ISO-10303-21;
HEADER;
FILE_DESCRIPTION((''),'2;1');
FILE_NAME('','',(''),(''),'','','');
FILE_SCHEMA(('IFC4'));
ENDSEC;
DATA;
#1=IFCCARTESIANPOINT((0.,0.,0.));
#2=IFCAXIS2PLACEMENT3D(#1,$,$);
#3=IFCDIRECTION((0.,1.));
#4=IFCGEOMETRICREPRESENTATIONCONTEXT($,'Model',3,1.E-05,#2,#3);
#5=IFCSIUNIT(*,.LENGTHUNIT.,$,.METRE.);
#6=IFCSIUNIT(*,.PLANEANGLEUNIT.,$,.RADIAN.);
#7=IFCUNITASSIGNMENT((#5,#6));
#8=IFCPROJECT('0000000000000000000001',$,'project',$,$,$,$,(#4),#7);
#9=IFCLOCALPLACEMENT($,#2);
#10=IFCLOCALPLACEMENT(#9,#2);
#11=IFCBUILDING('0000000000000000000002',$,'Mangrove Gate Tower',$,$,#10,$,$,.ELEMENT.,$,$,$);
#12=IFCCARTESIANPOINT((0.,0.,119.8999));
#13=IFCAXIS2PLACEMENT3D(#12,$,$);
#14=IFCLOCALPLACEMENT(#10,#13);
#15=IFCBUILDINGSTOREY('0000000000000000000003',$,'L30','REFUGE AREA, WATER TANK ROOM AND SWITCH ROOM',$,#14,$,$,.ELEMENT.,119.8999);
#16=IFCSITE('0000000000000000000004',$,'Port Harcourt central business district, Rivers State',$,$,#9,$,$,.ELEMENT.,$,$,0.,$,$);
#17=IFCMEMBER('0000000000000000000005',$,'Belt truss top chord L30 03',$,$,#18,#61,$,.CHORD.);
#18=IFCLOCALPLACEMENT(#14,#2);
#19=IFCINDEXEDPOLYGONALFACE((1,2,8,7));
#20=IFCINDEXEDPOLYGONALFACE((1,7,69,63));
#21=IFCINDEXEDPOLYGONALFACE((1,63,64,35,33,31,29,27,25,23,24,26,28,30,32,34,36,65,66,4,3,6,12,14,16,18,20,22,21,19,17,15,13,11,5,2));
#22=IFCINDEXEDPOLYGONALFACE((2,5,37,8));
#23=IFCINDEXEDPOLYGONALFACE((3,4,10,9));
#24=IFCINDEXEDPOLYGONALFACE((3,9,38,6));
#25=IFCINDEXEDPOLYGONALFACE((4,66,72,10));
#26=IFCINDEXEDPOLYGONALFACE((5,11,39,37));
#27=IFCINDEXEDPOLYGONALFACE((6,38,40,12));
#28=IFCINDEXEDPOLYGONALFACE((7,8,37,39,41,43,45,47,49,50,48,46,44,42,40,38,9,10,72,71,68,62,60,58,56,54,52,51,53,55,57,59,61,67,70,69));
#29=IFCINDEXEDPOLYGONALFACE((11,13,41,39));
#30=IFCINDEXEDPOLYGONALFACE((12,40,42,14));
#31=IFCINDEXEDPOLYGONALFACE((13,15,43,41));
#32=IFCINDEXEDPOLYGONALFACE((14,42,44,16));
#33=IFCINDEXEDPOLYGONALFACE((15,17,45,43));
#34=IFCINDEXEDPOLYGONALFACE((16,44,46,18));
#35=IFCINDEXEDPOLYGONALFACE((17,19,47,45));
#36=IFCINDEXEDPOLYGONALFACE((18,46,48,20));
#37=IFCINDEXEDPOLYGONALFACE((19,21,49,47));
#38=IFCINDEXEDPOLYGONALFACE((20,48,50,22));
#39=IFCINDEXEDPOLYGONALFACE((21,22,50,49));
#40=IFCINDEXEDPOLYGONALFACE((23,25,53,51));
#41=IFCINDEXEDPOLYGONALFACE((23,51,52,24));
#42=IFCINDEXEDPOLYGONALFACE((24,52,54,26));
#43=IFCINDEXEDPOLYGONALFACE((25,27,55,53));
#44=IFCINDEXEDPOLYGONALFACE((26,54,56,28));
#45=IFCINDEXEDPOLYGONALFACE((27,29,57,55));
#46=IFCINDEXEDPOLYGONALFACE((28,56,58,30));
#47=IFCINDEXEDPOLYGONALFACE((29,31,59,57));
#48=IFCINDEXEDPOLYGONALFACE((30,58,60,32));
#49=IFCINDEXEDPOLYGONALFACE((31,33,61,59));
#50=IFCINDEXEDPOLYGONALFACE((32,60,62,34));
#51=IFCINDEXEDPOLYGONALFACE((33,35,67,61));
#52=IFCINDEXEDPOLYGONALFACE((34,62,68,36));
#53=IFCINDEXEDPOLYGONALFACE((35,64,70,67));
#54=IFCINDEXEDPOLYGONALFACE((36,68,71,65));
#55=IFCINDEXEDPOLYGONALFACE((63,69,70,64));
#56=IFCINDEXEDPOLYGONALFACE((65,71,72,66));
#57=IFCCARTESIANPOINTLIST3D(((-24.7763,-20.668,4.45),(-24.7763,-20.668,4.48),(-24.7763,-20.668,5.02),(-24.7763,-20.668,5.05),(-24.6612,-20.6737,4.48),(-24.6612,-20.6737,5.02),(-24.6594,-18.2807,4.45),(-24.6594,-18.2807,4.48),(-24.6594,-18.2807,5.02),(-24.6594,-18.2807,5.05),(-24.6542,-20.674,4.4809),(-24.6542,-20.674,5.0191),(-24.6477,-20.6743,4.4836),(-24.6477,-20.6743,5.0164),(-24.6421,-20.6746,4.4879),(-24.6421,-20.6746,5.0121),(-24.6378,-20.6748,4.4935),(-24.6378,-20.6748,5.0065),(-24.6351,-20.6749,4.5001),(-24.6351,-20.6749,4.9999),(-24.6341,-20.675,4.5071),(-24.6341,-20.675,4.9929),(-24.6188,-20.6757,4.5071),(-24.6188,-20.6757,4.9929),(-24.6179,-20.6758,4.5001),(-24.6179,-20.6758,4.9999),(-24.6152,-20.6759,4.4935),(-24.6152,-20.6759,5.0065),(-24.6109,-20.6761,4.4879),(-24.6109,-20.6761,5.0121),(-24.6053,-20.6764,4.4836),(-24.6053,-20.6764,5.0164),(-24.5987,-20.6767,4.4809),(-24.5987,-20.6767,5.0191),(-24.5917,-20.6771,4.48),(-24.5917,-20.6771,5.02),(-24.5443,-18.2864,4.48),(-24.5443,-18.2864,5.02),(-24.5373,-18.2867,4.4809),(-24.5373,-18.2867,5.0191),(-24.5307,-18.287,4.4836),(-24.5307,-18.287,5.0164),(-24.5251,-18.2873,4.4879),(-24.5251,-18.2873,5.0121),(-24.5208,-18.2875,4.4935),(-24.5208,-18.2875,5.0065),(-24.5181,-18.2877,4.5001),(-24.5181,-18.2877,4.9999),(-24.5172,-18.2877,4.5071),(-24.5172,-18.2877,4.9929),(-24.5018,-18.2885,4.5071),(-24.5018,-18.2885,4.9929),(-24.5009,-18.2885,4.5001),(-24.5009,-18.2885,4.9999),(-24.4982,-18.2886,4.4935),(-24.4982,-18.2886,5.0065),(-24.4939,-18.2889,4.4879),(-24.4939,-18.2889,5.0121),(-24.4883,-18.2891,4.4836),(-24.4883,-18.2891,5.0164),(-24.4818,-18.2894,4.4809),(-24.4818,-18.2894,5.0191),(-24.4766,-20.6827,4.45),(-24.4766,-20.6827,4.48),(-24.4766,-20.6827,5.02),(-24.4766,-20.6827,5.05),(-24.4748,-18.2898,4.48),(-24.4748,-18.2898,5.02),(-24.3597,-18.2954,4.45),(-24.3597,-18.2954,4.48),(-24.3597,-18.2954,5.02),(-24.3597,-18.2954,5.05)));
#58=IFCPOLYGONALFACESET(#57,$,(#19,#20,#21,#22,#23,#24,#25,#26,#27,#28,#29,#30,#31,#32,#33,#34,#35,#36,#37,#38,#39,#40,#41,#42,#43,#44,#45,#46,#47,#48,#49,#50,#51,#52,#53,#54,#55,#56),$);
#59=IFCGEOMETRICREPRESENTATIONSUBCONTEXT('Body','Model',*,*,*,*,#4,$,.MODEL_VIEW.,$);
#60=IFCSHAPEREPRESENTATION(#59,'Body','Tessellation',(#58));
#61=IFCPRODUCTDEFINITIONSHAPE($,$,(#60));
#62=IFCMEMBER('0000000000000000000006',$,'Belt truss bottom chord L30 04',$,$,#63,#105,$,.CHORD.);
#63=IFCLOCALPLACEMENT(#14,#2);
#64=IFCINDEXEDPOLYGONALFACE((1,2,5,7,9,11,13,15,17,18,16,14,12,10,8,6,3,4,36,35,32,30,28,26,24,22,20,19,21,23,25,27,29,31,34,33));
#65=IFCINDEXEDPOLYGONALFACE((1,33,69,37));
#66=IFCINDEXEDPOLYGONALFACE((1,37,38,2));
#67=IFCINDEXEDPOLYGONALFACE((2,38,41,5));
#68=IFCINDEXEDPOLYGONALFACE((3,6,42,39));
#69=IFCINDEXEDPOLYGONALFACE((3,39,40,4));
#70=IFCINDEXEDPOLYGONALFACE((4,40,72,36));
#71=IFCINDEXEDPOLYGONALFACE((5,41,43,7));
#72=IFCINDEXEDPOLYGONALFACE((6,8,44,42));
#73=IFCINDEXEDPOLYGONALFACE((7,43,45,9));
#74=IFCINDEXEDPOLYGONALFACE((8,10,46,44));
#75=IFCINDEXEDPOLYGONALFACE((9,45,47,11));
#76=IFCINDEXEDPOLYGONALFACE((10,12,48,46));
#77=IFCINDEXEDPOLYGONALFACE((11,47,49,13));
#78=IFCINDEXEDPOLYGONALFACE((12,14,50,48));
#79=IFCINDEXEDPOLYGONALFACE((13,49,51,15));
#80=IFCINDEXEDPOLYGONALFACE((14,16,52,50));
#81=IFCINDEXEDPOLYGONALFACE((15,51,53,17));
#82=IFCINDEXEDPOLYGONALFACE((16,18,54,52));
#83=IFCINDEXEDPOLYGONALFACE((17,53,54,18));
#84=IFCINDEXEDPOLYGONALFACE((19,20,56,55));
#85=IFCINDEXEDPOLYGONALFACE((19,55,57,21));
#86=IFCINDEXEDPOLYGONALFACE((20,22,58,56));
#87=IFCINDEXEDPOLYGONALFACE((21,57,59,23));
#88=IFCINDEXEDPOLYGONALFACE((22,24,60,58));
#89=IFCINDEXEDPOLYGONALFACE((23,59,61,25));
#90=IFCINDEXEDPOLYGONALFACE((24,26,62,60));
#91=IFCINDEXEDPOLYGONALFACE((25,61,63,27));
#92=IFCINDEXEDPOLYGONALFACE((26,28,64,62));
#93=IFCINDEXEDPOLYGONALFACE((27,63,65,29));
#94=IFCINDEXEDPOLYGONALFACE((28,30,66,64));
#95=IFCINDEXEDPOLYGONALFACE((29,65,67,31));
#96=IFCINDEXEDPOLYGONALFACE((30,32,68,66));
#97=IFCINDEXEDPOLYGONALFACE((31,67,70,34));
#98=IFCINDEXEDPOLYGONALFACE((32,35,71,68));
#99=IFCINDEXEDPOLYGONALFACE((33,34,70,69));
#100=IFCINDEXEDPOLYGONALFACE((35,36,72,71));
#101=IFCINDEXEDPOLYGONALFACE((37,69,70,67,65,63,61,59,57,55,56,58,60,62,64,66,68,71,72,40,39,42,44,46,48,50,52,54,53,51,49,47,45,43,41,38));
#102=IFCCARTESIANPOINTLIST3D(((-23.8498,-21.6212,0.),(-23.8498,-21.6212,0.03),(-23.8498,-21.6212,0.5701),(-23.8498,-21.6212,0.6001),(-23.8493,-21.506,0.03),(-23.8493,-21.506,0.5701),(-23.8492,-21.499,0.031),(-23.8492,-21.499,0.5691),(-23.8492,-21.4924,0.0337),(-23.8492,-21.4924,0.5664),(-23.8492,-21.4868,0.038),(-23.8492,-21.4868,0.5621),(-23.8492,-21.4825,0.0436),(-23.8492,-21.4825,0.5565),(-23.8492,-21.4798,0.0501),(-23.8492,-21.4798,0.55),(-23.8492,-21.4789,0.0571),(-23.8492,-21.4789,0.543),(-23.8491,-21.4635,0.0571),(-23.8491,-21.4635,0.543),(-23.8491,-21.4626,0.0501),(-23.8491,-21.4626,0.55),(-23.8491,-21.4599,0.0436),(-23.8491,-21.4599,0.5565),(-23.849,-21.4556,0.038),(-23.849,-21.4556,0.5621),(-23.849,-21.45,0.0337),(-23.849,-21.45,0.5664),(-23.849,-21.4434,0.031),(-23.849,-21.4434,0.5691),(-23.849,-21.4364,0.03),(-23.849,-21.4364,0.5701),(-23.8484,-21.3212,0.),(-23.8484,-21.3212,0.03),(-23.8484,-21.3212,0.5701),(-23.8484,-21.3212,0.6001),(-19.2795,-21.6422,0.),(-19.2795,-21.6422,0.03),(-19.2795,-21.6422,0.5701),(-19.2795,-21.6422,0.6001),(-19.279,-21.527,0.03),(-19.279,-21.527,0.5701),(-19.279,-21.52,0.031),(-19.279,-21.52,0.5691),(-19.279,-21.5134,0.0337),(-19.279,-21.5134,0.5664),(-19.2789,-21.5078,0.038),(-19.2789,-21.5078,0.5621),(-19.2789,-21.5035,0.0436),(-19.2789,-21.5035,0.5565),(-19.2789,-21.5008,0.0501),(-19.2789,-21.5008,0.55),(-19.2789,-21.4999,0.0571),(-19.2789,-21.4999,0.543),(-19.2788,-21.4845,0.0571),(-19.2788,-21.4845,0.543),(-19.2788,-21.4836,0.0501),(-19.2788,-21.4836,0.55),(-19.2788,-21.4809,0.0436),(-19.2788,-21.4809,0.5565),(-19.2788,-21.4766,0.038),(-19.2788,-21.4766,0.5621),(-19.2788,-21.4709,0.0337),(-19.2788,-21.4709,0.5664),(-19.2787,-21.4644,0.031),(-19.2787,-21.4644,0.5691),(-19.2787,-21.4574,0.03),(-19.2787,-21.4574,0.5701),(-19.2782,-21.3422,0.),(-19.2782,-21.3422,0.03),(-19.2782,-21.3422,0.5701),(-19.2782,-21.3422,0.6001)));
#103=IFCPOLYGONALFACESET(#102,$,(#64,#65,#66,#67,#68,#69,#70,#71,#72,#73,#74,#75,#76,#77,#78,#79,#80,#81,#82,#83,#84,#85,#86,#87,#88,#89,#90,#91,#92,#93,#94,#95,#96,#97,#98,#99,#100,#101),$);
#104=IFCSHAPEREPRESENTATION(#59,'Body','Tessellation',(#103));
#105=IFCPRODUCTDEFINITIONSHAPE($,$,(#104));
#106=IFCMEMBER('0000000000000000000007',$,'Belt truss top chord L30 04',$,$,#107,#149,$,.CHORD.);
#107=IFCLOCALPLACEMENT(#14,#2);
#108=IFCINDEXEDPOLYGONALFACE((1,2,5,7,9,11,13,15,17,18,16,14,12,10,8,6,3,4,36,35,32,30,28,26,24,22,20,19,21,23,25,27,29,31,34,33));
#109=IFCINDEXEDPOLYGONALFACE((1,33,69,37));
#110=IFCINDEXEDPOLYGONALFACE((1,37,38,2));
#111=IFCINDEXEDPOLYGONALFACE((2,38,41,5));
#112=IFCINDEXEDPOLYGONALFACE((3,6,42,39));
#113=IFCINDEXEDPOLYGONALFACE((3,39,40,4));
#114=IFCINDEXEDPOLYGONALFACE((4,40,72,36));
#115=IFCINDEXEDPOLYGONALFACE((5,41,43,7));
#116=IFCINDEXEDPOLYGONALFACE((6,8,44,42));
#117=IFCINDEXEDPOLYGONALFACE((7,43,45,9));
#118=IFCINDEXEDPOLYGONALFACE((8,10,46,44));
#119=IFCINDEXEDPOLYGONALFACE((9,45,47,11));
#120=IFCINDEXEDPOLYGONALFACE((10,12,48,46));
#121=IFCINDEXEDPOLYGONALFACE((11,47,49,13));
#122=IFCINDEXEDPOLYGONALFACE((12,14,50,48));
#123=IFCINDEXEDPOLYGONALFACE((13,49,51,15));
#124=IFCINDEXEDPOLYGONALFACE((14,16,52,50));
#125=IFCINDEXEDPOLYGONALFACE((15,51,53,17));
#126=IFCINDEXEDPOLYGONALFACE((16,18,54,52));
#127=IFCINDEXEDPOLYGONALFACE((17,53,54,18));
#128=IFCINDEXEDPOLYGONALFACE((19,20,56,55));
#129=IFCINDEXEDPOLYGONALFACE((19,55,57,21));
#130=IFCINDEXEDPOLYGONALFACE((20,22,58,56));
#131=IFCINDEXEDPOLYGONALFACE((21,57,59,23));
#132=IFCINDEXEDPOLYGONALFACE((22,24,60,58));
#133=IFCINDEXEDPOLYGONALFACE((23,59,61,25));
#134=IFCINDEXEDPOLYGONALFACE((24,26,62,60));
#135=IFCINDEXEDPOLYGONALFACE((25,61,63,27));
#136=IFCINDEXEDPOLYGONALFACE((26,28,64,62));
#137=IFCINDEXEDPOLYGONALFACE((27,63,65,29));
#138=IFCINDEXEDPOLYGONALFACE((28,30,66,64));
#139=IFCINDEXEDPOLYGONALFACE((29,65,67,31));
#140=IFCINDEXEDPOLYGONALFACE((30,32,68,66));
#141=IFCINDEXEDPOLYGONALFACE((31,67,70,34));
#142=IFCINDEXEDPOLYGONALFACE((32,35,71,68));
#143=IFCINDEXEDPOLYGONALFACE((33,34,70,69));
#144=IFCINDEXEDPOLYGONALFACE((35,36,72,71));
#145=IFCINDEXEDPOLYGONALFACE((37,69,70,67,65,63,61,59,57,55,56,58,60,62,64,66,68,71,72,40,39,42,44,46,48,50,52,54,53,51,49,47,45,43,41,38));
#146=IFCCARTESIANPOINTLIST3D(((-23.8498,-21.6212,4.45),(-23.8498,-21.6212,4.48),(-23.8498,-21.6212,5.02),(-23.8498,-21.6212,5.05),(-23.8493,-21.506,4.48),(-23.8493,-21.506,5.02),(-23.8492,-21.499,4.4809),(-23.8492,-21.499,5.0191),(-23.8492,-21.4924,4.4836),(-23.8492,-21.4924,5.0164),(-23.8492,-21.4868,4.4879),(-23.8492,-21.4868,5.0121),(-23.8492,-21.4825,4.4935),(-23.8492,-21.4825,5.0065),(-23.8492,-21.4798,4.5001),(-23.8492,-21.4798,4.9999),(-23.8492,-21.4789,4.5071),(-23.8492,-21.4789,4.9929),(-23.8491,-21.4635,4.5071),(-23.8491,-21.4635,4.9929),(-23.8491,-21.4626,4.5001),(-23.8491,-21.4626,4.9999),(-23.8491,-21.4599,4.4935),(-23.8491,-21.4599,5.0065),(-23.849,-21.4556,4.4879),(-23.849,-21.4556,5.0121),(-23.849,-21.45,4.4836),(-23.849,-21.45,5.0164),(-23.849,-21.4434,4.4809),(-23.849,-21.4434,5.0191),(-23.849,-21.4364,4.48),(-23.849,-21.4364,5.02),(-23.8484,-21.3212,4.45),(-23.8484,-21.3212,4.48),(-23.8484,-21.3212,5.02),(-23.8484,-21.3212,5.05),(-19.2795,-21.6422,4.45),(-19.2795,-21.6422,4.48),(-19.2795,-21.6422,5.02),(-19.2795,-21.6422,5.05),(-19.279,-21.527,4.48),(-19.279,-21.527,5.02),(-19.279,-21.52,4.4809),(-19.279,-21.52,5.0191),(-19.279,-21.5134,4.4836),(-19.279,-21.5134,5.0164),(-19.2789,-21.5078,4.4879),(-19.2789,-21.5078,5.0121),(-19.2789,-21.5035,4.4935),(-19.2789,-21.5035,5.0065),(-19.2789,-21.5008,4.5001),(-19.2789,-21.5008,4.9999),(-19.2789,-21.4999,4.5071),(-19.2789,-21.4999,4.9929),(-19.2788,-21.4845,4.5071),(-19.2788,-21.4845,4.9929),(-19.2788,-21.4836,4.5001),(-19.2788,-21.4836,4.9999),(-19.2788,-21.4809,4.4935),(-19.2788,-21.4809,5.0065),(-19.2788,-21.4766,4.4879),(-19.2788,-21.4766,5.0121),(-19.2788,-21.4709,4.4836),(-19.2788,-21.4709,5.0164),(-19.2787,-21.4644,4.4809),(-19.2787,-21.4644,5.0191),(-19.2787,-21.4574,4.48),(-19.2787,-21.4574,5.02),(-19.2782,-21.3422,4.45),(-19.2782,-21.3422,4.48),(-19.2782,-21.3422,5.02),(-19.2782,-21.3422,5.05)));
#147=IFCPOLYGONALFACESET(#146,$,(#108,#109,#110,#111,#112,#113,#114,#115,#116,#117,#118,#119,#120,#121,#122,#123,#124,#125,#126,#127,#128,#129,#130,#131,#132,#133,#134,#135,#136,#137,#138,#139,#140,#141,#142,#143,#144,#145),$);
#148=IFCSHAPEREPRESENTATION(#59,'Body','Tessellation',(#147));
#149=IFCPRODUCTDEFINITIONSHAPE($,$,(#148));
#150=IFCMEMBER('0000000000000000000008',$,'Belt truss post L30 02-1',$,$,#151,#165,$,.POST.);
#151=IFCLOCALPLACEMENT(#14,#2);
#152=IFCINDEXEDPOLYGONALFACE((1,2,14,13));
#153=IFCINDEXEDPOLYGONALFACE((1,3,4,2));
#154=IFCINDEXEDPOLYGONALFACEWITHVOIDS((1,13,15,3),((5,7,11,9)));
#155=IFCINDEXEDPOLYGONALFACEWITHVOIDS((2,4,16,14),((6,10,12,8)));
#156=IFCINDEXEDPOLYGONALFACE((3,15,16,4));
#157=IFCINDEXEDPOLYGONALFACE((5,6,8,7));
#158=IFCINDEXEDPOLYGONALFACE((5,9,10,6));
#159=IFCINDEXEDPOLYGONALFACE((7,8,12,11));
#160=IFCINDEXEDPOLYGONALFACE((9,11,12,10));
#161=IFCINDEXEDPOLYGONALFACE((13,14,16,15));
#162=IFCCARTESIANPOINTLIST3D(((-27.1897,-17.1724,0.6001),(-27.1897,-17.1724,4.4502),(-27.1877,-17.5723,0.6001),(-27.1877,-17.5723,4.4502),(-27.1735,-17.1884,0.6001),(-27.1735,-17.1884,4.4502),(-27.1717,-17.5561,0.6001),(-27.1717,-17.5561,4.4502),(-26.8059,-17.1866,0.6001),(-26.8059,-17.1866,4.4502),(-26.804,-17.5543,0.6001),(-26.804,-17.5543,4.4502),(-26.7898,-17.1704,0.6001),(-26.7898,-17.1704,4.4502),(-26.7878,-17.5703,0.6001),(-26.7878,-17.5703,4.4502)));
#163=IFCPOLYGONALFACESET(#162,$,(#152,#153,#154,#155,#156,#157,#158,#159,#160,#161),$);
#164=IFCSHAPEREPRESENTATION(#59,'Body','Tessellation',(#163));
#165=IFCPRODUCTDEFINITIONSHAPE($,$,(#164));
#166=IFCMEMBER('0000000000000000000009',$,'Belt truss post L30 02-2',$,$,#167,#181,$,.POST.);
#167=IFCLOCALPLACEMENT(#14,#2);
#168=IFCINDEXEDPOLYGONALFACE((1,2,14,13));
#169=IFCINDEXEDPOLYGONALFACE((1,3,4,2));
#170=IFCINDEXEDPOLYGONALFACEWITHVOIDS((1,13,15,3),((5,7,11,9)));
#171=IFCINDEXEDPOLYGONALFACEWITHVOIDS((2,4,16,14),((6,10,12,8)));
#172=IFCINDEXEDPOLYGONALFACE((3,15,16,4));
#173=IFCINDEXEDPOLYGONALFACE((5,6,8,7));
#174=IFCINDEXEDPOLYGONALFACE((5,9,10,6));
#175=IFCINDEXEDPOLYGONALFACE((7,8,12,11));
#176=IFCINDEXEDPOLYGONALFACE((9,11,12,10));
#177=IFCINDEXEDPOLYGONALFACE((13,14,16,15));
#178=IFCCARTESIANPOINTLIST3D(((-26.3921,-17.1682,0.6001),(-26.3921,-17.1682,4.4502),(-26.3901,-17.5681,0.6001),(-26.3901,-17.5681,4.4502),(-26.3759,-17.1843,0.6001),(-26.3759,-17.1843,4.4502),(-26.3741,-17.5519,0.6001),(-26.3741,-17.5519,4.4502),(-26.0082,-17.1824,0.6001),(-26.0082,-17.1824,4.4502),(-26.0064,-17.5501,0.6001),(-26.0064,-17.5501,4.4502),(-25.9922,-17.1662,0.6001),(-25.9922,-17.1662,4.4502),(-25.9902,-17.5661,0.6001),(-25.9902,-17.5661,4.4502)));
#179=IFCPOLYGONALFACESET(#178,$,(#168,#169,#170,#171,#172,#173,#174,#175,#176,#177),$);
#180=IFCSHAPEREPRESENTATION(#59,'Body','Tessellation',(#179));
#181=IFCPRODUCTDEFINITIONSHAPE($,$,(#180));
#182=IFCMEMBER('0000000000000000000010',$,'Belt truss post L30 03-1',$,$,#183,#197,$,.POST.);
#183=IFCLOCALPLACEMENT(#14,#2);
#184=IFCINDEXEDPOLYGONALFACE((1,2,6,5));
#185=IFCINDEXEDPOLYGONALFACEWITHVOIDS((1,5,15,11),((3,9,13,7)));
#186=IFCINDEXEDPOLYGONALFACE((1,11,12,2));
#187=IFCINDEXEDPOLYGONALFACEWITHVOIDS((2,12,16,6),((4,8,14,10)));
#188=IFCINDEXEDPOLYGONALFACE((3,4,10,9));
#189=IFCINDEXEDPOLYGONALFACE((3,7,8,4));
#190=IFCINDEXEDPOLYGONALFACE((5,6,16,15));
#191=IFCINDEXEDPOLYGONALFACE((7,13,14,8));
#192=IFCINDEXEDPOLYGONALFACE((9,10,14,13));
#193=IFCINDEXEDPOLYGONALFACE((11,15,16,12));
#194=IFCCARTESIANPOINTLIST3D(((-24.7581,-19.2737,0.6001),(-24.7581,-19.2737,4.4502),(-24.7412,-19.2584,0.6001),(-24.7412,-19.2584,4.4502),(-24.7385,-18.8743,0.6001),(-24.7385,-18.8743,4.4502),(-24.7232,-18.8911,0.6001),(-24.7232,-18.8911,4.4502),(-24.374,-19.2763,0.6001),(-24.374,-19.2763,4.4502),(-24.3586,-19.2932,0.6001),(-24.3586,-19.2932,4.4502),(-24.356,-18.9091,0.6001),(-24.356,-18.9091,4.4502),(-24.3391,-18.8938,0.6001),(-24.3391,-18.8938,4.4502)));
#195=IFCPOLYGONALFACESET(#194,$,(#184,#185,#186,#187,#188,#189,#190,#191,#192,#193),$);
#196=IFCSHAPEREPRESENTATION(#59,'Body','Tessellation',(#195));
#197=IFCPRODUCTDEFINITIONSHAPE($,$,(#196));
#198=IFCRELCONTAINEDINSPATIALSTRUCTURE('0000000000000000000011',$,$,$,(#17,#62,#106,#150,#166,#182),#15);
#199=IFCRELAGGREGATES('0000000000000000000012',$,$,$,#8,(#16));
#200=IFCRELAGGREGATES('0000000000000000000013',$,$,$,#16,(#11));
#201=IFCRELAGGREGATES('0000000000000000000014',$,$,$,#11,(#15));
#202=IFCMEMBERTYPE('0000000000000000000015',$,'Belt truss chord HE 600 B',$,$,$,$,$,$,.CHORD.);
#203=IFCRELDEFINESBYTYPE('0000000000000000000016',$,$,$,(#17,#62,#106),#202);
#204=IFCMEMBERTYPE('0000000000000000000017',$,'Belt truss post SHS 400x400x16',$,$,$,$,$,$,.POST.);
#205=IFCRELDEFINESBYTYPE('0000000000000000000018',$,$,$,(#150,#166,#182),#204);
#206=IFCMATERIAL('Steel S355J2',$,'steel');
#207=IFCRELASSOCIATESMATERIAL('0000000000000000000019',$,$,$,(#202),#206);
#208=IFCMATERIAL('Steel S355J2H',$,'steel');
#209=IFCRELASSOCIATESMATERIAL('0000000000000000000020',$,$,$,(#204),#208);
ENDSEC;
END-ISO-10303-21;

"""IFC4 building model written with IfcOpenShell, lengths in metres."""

from ifc_helpers import new_model, si_unit, direction, frame, origin, origin_2d, place, context, subcontext, project, spatial, hollow_rectangle, i_section, extrude, material, material_profile, profile_set, type_object, element, save


model = new_model("IFC4")

# Units and contexts
model_context = context("Model", 3, precision=1e-05, world=origin(), true_north=direction((0.0, 1.0)))
body_context = subcontext(model_context, "Body", "Model", "MODEL_VIEW")
ifc_project = project(units=[si_unit("LENGTHUNIT", "METRE"), si_unit("PLANEANGLEUNIT", "RADIAN")], contexts=[model_context])

# Site, building, storey
site_placement = place(None, origin())
site = spatial("IfcSite", under=ifc_project, at=site_placement, Name="Port Harcourt central business district, Rivers State", CompositionType="ELEMENT", RefElevation=0.0)
building_placement = place(site_placement, origin())
building = spatial("IfcBuilding", under=site, at=building_placement, Name="Mangrove Gate Tower", CompositionType="ELEMENT")
storey_placement = place(building_placement, frame((0.0, 0.0, 119.8999)))
storey = spatial("IfcBuildingStorey", under=building, at=storey_placement, Name="L30", Description="REFUGE AREA, WATER TANK ROOM AND SWITCH ROOM", CompositionType="ELEMENT", Elevation=119.8999)

# Members
ifc_material_1 = material(Name="Steel S355J2", Category="steel")
ifc_material_profile_1 = material_profile(ifc_material_1, i_section(OverallWidth=0.3, OverallDepth=0.6001, WebThickness=0.0154, FlangeThickness=0.03, FilletRadius=0.0271, at=origin_2d()))
ifc_profile_set_1 = profile_set([ifc_material_profile_1], Name="Steel S355J2")
member_type_1 = type_object("IfcMemberType", Name="Belt truss chord HE 600 B", PredefinedType="CHORD", material=ifc_profile_set_1)
for number, where, z_axis, x_axis, name in (
    (1, (-24.5095, -18.2881, 4.75), (-0.048929, -0.998802, 0.0), (0.998802, -0.048929, 0.0), "Belt truss top chord L30 03"),
):
    element("IfcMember", number, at=place(storey_placement, frame(where, z_axis=z_axis, x_axis=x_axis)), inside=storey, type_object=member_type_1, Name=name, PredefinedType="CHORD", context=body_context, shape_type="SweptSolid", body=[
        extrude(i_section(OverallWidth=0.3, OverallDepth=0.6001, WebThickness=0.0154, FlangeThickness=0.03, FilletRadius=0.0271, at=origin_2d()), origin(), (0.0, 0.0, 1.0), 2.3901),
    ])
for number, where, z_axis, x_axis, name in (
    (2, (-23.8491, -21.4712, 0.3), (0.999989, -0.004594, 0.0), (0.004594, 0.999989, 0.0), "Belt truss bottom chord L30 04"),
    (3, (-23.8491, -21.4712, 4.75), (0.999989, -0.004594, 0.0), (0.004594, 0.999989, 0.0), "Belt truss top chord L30 04"),
):
    element("IfcMember", number, at=place(storey_placement, frame(where, z_axis=z_axis, x_axis=x_axis)), inside=storey, type_object=member_type_1, Name=name, PredefinedType="CHORD", context=body_context, shape_type="SweptSolid", body=[
        extrude(i_section(OverallWidth=0.3, OverallDepth=0.6001, WebThickness=0.0154, FlangeThickness=0.03, FilletRadius=0.0271, at=origin_2d()), origin(), (0.0, 0.0, 1.0), 4.5703),
    ])
ifc_material_2 = material(Name="Steel S355J2H", Category="steel")
ifc_material_profile_2 = material_profile(ifc_material_2, hollow_rectangle(XDim=0.3999, YDim=0.3999, WallThickness=0.0161, at=origin_2d()))
ifc_profile_set_2 = profile_set([ifc_material_profile_2], Name="Steel S355J2H")
member_type_2 = type_object("IfcMemberType", Name="Belt truss post SHS 400x400x16", PredefinedType="POST", material=ifc_profile_set_2)
for number, where, z_axis, x_axis, name in (
    (4, (-26.9888, -17.3713, 0.6001), (0.0, 0.0, 1.0), (0.999988, 0.004989, 0.0), "Belt truss post L30 02-1"),
    (5, (-26.1912, -17.3672, 0.6001), (0.0, 0.0, 1.0), (0.999988, 0.004989, 0.0), "Belt truss post L30 02-2"),
    (6, (-24.5486, -19.0837, 0.6001), (0.0, 0.0, 1.0), (-0.048885, -0.998804, 0.0), "Belt truss post L30 03-1"),
):
    element("IfcMember", number, at=place(storey_placement, frame(where, z_axis=z_axis, x_axis=x_axis)), inside=storey, type_object=member_type_2, Name=name, PredefinedType="POST", context=body_context, shape_type="SweptSolid", body=[
        extrude(hollow_rectangle(XDim=0.3999, YDim=0.3999, WallThickness=0.0161, at=origin_2d()), origin(), (0.0, 0.0, 1.0), 3.8501),
    ])

save(model, "model.ifc")
